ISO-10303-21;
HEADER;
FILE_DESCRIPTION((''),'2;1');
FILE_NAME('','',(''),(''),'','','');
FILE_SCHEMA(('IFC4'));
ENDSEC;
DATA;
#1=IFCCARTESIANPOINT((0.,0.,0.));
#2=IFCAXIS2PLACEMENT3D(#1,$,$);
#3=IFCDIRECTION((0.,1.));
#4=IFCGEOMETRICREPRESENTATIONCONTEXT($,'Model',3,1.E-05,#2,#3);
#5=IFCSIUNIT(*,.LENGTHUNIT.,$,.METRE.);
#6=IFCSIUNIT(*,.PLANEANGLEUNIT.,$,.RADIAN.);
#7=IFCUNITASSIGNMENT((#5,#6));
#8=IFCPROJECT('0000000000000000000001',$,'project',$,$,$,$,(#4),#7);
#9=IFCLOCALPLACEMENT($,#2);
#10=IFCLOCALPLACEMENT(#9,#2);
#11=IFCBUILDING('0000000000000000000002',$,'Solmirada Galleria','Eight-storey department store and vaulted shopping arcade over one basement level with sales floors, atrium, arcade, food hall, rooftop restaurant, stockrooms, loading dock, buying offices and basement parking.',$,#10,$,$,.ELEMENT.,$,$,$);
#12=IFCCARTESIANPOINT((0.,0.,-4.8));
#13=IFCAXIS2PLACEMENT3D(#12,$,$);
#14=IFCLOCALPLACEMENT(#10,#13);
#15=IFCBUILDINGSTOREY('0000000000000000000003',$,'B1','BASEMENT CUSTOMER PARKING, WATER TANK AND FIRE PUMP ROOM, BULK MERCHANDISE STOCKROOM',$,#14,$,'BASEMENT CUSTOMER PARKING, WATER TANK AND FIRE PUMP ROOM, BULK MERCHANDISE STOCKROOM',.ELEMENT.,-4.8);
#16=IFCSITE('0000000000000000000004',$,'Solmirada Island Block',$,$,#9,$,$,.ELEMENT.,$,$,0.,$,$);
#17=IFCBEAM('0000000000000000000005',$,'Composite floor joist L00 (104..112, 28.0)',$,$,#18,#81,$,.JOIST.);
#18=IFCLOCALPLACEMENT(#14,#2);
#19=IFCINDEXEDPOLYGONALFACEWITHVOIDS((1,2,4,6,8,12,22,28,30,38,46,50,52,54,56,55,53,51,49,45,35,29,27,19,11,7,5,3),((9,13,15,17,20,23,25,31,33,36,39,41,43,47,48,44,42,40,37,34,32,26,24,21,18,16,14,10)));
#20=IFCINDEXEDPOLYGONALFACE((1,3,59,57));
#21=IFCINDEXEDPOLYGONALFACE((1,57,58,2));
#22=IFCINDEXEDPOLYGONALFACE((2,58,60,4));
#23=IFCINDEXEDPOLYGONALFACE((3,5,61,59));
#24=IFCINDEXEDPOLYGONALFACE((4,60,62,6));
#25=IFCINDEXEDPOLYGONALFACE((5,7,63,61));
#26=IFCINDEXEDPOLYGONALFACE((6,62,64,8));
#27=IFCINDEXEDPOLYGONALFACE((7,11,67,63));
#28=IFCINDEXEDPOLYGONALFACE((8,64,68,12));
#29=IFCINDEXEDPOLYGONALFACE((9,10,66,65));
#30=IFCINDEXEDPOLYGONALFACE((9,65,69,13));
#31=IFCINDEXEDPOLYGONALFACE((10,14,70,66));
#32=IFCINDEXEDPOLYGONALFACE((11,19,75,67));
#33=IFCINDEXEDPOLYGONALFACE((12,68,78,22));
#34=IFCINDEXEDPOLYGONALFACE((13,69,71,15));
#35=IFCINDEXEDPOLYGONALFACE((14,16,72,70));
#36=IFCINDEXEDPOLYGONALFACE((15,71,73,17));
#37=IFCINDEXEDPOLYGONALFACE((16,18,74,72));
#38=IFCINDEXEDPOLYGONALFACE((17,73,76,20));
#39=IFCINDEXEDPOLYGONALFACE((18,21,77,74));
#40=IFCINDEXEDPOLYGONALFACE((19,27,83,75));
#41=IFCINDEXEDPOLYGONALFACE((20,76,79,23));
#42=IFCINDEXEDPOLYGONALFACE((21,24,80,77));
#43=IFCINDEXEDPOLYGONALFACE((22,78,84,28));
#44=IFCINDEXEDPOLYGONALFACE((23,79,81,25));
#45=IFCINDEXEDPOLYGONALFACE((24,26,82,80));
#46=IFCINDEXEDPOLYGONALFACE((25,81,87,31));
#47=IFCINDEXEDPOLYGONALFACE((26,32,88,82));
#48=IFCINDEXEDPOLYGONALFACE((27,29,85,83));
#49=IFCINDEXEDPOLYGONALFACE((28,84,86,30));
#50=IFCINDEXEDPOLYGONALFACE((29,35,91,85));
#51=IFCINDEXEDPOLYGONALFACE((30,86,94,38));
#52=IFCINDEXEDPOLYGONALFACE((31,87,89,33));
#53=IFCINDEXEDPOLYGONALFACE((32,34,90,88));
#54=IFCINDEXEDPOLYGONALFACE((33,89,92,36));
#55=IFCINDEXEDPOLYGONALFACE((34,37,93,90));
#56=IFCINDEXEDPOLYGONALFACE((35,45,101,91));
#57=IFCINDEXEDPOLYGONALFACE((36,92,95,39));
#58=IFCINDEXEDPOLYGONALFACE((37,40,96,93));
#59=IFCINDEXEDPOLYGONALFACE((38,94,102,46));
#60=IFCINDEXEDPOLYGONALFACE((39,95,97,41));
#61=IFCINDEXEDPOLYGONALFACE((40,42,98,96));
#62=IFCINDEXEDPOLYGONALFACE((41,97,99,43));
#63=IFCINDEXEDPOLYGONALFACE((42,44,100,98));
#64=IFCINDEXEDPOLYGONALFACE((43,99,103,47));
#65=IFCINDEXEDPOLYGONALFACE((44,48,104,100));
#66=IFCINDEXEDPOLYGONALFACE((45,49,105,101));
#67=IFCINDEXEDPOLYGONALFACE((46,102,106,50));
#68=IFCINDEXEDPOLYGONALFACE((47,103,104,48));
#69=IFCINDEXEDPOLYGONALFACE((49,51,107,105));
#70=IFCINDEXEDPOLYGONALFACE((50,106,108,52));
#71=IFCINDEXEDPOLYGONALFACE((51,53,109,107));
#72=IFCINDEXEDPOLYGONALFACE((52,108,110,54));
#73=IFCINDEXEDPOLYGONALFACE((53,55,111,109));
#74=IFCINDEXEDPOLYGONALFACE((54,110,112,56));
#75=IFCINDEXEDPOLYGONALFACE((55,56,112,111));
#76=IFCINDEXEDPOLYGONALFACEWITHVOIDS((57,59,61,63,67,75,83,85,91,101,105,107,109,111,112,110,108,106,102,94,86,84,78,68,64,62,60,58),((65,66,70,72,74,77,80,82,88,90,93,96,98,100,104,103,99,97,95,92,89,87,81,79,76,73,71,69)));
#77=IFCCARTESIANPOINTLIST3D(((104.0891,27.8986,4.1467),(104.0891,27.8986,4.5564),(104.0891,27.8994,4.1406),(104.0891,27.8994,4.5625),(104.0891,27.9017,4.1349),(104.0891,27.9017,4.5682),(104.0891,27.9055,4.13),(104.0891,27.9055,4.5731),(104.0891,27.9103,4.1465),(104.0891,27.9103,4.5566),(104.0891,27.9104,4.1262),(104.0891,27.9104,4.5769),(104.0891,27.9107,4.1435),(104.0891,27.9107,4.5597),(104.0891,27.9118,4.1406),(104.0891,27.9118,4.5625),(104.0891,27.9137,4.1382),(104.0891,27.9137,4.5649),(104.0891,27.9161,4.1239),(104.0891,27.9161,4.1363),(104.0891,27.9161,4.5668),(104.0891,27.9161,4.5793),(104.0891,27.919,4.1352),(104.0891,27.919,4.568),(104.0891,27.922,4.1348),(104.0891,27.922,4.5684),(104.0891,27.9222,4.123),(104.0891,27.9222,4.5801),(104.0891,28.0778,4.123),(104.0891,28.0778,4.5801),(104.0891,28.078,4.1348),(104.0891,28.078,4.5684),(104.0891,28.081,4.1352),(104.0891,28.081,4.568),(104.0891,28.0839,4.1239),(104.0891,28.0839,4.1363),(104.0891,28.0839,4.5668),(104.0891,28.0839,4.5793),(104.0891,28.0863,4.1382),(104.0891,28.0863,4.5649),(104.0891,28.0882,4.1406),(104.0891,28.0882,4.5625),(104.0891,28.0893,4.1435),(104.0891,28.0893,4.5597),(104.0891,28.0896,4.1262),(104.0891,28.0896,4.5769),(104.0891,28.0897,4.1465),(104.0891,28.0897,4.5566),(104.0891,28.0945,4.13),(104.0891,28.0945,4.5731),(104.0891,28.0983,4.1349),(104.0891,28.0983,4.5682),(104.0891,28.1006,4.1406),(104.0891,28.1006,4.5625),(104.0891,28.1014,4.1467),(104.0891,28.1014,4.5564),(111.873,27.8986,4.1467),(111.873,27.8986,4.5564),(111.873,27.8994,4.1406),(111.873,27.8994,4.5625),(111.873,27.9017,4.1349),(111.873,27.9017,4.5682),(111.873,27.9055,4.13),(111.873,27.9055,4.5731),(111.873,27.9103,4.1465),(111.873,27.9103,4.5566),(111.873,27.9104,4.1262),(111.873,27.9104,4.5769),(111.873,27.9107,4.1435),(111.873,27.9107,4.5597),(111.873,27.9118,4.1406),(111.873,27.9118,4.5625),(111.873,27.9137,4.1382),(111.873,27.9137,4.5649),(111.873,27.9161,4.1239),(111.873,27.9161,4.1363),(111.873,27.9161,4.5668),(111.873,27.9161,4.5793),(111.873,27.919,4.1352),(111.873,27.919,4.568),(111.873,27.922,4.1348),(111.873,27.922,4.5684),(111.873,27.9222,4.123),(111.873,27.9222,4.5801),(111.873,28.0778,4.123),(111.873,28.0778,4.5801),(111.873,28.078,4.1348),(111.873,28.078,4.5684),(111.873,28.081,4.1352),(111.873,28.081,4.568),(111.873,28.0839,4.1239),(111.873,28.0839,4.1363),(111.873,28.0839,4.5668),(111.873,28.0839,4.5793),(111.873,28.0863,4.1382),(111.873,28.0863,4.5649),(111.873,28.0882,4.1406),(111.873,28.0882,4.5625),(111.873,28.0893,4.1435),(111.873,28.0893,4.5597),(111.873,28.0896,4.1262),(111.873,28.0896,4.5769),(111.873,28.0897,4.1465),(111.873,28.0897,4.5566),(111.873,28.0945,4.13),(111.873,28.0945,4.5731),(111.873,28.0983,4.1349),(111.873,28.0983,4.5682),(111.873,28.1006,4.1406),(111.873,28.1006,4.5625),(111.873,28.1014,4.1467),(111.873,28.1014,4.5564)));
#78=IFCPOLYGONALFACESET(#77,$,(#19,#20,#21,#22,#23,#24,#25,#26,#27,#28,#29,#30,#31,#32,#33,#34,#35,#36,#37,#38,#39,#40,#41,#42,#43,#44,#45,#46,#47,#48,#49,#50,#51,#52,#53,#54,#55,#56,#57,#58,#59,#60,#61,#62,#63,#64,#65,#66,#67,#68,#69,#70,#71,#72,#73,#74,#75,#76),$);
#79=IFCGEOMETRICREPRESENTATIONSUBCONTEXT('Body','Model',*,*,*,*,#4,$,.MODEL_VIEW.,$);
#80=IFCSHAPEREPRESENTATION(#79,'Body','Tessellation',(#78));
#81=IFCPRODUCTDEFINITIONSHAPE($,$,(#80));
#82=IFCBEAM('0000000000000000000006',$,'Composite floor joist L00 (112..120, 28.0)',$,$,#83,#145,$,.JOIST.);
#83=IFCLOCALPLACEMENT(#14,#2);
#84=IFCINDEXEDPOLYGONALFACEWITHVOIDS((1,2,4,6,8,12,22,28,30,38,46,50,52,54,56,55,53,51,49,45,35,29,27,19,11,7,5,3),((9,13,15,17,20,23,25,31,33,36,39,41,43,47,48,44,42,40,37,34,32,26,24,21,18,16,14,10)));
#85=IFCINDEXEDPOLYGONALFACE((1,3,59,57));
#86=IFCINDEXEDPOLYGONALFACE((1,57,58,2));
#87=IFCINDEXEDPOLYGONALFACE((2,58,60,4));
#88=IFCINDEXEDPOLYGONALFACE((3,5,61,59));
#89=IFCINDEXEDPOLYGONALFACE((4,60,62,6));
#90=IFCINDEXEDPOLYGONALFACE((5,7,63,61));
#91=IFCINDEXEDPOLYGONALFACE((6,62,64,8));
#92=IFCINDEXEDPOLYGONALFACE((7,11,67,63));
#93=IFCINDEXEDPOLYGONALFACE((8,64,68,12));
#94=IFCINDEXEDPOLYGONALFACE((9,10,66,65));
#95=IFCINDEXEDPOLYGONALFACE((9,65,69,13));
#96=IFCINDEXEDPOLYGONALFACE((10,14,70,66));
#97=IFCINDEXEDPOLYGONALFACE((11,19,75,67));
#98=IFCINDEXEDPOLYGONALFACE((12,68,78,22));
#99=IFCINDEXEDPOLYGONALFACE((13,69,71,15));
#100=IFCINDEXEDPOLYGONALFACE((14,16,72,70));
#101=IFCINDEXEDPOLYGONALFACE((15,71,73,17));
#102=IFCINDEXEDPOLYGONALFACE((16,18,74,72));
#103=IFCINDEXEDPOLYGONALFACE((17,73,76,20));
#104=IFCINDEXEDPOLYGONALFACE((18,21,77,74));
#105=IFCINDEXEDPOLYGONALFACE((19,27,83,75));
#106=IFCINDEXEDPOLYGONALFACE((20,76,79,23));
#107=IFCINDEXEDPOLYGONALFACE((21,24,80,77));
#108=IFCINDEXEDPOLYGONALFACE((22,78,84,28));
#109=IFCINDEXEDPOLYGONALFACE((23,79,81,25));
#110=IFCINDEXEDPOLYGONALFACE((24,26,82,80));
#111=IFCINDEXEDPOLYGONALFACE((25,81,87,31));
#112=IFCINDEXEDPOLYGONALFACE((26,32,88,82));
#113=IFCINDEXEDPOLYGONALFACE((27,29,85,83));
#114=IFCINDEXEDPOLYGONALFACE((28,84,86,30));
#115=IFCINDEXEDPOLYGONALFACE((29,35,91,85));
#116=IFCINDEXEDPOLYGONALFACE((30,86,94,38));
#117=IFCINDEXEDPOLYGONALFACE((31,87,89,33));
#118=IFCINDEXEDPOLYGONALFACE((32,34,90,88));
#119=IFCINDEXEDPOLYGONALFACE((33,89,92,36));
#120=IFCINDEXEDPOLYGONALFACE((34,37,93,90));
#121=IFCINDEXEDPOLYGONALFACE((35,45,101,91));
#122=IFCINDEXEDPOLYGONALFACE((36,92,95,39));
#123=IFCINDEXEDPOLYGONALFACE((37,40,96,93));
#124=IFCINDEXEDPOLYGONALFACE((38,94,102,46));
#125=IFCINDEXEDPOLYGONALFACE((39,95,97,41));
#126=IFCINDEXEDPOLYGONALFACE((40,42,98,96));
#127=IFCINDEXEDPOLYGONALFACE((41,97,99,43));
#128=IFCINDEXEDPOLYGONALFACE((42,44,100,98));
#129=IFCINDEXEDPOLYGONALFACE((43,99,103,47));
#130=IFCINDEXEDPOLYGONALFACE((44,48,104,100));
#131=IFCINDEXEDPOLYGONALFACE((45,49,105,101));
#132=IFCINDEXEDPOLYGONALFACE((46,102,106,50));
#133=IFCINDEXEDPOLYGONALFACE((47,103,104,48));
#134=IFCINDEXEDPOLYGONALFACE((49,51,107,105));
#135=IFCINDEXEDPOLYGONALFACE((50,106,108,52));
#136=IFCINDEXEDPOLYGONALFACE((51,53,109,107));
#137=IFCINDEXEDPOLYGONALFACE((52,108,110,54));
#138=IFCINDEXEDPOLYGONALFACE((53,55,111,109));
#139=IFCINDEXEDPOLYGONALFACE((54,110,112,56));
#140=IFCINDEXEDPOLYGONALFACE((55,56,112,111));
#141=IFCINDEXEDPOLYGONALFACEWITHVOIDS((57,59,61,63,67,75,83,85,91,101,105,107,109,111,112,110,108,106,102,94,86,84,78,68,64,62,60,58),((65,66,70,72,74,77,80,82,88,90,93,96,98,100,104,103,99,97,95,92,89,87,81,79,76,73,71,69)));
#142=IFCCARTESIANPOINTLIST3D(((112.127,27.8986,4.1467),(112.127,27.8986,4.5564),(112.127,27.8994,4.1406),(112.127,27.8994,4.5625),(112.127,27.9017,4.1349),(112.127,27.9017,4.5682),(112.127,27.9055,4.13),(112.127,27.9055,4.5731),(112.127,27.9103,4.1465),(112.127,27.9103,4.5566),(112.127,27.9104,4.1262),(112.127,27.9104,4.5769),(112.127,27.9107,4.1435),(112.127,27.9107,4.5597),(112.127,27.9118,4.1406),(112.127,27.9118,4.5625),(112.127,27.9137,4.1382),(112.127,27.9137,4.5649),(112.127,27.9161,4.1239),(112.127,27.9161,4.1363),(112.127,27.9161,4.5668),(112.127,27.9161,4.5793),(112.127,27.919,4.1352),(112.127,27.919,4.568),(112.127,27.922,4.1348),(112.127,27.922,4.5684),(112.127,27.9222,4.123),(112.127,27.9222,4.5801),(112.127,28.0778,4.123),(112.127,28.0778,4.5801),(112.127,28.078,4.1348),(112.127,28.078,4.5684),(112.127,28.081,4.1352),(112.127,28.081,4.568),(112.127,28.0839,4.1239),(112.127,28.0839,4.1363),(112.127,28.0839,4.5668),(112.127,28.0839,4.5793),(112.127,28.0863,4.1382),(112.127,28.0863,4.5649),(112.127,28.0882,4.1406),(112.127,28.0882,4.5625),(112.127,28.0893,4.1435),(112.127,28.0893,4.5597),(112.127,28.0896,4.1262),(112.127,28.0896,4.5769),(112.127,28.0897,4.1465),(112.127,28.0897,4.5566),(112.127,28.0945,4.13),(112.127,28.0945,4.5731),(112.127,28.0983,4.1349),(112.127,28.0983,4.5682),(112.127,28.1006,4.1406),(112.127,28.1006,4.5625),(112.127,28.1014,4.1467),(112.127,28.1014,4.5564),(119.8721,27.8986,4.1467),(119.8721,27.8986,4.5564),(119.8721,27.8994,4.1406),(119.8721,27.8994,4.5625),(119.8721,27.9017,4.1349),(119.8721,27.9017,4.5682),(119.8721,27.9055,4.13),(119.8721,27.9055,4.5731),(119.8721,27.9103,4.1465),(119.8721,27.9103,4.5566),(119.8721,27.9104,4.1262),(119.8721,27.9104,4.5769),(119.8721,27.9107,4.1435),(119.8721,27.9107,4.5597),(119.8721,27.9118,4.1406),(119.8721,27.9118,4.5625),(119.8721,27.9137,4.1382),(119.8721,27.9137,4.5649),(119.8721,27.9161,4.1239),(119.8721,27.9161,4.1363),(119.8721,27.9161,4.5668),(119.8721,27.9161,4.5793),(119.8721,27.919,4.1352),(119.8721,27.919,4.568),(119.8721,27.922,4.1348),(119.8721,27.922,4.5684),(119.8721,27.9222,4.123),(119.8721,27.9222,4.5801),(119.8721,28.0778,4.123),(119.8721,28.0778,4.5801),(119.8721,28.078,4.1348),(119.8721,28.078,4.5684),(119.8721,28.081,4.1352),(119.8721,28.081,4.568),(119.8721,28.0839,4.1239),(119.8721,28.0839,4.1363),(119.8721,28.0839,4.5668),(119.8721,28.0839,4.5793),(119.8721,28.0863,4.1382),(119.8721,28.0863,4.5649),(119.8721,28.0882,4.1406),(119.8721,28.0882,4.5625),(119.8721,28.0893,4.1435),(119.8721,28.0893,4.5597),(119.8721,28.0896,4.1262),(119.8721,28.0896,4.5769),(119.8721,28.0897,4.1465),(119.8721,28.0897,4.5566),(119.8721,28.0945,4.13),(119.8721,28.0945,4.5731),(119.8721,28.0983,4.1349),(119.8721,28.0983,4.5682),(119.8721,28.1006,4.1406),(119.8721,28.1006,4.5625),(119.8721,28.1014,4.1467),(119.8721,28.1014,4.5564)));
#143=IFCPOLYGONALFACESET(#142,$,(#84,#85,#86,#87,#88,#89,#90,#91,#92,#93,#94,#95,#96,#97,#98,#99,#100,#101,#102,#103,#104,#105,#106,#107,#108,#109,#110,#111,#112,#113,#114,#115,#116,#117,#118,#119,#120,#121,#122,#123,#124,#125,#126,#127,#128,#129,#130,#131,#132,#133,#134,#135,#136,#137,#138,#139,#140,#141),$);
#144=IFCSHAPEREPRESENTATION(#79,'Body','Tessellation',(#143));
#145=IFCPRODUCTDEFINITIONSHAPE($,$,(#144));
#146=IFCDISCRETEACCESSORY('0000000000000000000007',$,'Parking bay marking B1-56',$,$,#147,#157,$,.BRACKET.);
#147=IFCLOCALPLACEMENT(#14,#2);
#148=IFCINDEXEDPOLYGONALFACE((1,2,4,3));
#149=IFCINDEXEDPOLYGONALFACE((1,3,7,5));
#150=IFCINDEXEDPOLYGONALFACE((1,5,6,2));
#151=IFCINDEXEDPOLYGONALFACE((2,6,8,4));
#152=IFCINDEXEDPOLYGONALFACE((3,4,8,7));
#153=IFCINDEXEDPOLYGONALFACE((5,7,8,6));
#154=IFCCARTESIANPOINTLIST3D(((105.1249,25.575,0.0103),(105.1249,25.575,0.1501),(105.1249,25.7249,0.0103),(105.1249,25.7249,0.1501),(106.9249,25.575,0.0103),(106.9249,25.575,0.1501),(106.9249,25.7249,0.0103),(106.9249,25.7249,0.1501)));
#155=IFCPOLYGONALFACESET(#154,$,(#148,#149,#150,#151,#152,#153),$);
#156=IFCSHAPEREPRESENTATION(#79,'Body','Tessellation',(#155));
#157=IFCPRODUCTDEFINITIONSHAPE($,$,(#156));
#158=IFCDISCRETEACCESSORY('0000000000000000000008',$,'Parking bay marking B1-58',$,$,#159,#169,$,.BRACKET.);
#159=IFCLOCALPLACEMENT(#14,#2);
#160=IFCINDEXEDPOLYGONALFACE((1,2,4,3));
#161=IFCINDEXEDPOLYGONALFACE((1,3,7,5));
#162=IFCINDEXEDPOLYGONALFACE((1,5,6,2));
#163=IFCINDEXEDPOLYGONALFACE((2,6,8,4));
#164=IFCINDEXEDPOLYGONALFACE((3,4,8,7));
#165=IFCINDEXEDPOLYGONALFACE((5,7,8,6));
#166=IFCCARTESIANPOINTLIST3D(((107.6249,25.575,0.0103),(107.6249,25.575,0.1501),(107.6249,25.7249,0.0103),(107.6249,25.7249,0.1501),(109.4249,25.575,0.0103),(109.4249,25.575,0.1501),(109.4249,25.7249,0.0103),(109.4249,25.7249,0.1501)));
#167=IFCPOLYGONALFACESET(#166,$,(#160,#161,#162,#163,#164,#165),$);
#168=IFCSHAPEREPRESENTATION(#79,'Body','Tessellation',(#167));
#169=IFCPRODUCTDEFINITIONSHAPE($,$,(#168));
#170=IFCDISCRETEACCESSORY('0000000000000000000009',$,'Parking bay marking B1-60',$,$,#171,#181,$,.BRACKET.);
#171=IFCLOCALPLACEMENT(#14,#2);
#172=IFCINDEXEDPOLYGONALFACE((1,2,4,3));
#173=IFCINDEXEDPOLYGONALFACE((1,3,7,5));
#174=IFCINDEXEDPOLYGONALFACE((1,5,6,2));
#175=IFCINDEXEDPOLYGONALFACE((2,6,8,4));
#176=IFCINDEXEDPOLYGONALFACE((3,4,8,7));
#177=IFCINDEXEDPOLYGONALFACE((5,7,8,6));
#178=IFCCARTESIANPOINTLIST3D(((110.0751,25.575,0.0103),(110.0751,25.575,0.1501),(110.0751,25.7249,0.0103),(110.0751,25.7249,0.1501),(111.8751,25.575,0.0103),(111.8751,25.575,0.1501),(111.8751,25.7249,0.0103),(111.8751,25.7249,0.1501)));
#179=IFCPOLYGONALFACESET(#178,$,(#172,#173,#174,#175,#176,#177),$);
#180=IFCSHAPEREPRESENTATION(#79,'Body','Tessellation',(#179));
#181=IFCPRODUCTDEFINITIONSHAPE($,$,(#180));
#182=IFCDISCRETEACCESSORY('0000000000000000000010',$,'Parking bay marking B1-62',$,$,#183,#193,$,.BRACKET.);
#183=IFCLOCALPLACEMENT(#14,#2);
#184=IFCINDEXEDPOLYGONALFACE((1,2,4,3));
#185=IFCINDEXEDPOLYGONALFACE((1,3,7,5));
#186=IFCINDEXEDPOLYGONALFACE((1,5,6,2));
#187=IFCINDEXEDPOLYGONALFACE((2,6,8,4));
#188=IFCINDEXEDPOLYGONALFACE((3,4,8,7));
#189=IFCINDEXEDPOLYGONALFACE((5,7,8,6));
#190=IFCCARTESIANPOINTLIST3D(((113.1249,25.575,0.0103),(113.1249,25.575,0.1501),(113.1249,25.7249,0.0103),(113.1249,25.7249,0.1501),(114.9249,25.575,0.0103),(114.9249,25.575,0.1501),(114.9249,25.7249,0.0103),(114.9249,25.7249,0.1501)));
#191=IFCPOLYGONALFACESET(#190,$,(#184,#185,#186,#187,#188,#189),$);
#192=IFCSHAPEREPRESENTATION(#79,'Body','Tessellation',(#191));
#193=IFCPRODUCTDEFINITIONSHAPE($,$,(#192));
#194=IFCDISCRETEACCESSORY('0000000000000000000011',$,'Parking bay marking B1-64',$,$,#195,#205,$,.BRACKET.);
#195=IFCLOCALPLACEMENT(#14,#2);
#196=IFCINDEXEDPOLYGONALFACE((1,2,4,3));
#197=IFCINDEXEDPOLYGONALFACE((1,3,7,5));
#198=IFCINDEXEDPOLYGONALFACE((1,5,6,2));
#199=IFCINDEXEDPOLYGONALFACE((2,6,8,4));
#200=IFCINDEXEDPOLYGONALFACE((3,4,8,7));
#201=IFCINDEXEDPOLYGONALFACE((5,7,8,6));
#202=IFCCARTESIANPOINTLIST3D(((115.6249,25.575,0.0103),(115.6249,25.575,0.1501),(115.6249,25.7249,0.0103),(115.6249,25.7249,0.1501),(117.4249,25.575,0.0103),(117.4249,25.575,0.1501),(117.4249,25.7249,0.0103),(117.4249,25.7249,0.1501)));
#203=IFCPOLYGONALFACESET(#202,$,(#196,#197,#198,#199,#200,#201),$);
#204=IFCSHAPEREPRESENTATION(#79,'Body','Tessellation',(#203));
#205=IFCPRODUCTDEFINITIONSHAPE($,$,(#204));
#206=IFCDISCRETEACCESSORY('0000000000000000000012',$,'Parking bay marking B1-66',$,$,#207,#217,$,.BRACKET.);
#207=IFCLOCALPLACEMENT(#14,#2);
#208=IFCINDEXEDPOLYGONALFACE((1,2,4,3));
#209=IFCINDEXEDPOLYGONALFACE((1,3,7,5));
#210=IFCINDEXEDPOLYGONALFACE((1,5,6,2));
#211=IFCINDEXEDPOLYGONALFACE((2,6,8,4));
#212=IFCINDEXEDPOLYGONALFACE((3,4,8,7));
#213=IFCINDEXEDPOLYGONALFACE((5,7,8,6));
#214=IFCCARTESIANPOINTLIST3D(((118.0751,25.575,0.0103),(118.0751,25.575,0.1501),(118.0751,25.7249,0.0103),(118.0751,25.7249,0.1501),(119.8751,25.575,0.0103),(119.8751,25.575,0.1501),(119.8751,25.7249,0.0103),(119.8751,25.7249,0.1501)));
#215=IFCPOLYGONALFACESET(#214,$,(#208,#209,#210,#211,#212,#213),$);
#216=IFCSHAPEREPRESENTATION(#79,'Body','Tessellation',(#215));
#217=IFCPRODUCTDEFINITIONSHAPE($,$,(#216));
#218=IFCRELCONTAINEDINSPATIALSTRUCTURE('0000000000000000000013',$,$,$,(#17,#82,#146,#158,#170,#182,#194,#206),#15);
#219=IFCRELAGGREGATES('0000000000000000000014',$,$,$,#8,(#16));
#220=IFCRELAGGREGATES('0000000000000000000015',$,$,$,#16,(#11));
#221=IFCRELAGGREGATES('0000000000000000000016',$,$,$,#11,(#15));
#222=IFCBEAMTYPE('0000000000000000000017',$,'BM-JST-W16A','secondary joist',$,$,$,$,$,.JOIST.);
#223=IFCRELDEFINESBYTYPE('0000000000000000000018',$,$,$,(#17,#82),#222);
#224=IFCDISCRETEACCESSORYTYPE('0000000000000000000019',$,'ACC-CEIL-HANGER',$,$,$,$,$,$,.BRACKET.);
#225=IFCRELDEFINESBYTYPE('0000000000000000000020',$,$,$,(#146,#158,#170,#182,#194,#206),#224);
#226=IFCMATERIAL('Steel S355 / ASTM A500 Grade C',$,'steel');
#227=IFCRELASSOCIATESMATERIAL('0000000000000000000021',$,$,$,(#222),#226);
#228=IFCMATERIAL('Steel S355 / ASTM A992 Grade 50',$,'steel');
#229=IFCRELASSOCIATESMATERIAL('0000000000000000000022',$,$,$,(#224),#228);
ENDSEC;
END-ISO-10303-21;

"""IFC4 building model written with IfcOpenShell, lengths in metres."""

from ifc_helpers import new_model, si_unit, direction, frame, origin, origin_2d, place, context, subcontext, project, spatial, rectangle, hollow_rectangle, extrude, material, material_profile, profile_set, type_object, element, save


model = new_model("IFC4")

# Units and contexts
model_context = context("Model", 3, precision=1e-05, world=origin(), true_north=direction((0.0, 1.0)))
body_context = subcontext(model_context, "Body", "Model", "MODEL_VIEW")
ifc_project = project(units=[si_unit("LENGTHUNIT", "METRE"), si_unit("PLANEANGLEUNIT", "RADIAN")], contexts=[model_context])

# Site, building, storey
site_placement = place(None, origin())
site = spatial("IfcSite", under=ifc_project, at=site_placement, Name="Solmirada Island Block", CompositionType="ELEMENT", RefElevation=0.0)
building_placement = place(site_placement, origin())
building = spatial("IfcBuilding", under=site, at=building_placement, Name="Solmirada Galleria", Description="Eight-storey department store and vaulted shopping arcade over one basement level with sales floors, atrium, arcade, food hall, rooftop restaurant, stockrooms, loading dock, buying offices and basement parking.", CompositionType="ELEMENT")
storey_placement = place(building_placement, frame((0.0, 0.0, -4.8)))
storey = spatial("IfcBuildingStorey", under=building, at=storey_placement, Name="B1", Description="BASEMENT CUSTOMER PARKING, WATER TANK AND FIRE PUMP ROOM, BULK MERCHANDISE STOCKROOM", LongName="BASEMENT CUSTOMER PARKING, WATER TANK AND FIRE PUMP ROOM, BULK MERCHANDISE STOCKROOM", CompositionType="ELEMENT", Elevation=-4.8)

# Beams
ifc_material_1 = material(Name="Steel S355 / ASTM A992 Grade 50", Category="steel")
ifc_material_2 = material(Name="Steel S355 / ASTM A500 Grade C", Category="steel")
ifc_material_profile_1 = material_profile(ifc_material_2, hollow_rectangle(XDim=0.2029, YDim=0.457, WallThickness=0.0117, InnerFilletRadius=0.0117, OuterFilletRadius=0.0237, at=origin_2d()), Name="HSS18X8X1/2")
ifc_profile_set_1 = profile_set([ifc_material_profile_1], Name="Steel S355 / ASTM A500 Grade C")
beam_type_1 = type_object("IfcBeamType", Name="BM-JST-W16A", Description="secondary joist", PredefinedType="JOIST", material=ifc_profile_set_1)
beam_1_placement = place(storey_placement, frame((104.0891, 28.0, 4.3516), z_axis=(1.0, 0.0, 0.0), x_axis=(0.0, 1.0, 0.0)))
element("IfcBeam", 1, at=beam_1_placement, inside=storey, type_object=beam_type_1, Name="Composite floor joist L00 (104..112, 28.0)", PredefinedType="JOIST", context=body_context, shape_type="SweptSolid", body=[
    extrude(hollow_rectangle(XDim=0.2029, YDim=0.457, WallThickness=0.0117, InnerFilletRadius=0.0117, OuterFilletRadius=0.0237, at=origin_2d()), origin(), (0.0, 0.0, 1.0), 7.7839),
])
beam_2_placement = place(storey_placement, frame((112.127, 28.0, 4.3516), z_axis=(1.0, 0.0, 0.0), x_axis=(0.0, 1.0, 0.0)))
element("IfcBeam", 2, at=beam_2_placement, inside=storey, type_object=beam_type_1, Name="Composite floor joist L00 (112..120, 28.0)", PredefinedType="JOIST", context=body_context, shape_type="SweptSolid", body=[
    extrude(hollow_rectangle(XDim=0.2029, YDim=0.457, WallThickness=0.0117, InnerFilletRadius=0.0117, OuterFilletRadius=0.0237, at=origin_2d()), origin(), (0.0, 0.0, 1.0), 7.7451),
])

# Discrete accessories
discrete_accessory_type_1 = type_object("IfcDiscreteAccessoryType", Name="ACC-CEIL-HANGER", PredefinedType="BRACKET", material=ifc_material_1)
for number, where, z_axis, x_axis, name in (
    (3, (106.0249, 25.6499, 0.0103), (0.0, 0.0, 1.0), (1.0, 0.0, 0.0), "Parking bay marking B1-56"),
    (4, (108.5249, 25.6499, 0.0103), (0.0, 0.0, 1.0), (1.0, 0.0, 0.0), "Parking bay marking B1-58"),
    (5, (110.9751, 25.6499, 0.0103), (0.0, 0.0, 1.0), (1.0, 0.0, 0.0), "Parking bay marking B1-60"),
    (6, (114.0249, 25.6499, 0.0103), (0.0, 0.0, 1.0), (1.0, 0.0, 0.0), "Parking bay marking B1-62"),
    (7, (116.5249, 25.6499, 0.0103), (0.0, 0.0, 1.0), (1.0, 0.0, 0.0), "Parking bay marking B1-64"),
    (8, (118.9751, 25.6499, 0.0103), (0.0, 0.0, 1.0), (1.0, 0.0, 0.0), "Parking bay marking B1-66"),
):
    element("IfcDiscreteAccessory", number, at=place(storey_placement, frame(where, z_axis=z_axis, x_axis=x_axis)), inside=storey, type_object=discrete_accessory_type_1, Name=name, PredefinedType="BRACKET", context=body_context, shape_type="SweptSolid", body=[
        extrude(rectangle(XDim=1.8, YDim=0.1499, at=origin_2d()), origin(), (0.0, 0.0, 1.0), 0.1399),
    ])

save(model, "model.ifc")
